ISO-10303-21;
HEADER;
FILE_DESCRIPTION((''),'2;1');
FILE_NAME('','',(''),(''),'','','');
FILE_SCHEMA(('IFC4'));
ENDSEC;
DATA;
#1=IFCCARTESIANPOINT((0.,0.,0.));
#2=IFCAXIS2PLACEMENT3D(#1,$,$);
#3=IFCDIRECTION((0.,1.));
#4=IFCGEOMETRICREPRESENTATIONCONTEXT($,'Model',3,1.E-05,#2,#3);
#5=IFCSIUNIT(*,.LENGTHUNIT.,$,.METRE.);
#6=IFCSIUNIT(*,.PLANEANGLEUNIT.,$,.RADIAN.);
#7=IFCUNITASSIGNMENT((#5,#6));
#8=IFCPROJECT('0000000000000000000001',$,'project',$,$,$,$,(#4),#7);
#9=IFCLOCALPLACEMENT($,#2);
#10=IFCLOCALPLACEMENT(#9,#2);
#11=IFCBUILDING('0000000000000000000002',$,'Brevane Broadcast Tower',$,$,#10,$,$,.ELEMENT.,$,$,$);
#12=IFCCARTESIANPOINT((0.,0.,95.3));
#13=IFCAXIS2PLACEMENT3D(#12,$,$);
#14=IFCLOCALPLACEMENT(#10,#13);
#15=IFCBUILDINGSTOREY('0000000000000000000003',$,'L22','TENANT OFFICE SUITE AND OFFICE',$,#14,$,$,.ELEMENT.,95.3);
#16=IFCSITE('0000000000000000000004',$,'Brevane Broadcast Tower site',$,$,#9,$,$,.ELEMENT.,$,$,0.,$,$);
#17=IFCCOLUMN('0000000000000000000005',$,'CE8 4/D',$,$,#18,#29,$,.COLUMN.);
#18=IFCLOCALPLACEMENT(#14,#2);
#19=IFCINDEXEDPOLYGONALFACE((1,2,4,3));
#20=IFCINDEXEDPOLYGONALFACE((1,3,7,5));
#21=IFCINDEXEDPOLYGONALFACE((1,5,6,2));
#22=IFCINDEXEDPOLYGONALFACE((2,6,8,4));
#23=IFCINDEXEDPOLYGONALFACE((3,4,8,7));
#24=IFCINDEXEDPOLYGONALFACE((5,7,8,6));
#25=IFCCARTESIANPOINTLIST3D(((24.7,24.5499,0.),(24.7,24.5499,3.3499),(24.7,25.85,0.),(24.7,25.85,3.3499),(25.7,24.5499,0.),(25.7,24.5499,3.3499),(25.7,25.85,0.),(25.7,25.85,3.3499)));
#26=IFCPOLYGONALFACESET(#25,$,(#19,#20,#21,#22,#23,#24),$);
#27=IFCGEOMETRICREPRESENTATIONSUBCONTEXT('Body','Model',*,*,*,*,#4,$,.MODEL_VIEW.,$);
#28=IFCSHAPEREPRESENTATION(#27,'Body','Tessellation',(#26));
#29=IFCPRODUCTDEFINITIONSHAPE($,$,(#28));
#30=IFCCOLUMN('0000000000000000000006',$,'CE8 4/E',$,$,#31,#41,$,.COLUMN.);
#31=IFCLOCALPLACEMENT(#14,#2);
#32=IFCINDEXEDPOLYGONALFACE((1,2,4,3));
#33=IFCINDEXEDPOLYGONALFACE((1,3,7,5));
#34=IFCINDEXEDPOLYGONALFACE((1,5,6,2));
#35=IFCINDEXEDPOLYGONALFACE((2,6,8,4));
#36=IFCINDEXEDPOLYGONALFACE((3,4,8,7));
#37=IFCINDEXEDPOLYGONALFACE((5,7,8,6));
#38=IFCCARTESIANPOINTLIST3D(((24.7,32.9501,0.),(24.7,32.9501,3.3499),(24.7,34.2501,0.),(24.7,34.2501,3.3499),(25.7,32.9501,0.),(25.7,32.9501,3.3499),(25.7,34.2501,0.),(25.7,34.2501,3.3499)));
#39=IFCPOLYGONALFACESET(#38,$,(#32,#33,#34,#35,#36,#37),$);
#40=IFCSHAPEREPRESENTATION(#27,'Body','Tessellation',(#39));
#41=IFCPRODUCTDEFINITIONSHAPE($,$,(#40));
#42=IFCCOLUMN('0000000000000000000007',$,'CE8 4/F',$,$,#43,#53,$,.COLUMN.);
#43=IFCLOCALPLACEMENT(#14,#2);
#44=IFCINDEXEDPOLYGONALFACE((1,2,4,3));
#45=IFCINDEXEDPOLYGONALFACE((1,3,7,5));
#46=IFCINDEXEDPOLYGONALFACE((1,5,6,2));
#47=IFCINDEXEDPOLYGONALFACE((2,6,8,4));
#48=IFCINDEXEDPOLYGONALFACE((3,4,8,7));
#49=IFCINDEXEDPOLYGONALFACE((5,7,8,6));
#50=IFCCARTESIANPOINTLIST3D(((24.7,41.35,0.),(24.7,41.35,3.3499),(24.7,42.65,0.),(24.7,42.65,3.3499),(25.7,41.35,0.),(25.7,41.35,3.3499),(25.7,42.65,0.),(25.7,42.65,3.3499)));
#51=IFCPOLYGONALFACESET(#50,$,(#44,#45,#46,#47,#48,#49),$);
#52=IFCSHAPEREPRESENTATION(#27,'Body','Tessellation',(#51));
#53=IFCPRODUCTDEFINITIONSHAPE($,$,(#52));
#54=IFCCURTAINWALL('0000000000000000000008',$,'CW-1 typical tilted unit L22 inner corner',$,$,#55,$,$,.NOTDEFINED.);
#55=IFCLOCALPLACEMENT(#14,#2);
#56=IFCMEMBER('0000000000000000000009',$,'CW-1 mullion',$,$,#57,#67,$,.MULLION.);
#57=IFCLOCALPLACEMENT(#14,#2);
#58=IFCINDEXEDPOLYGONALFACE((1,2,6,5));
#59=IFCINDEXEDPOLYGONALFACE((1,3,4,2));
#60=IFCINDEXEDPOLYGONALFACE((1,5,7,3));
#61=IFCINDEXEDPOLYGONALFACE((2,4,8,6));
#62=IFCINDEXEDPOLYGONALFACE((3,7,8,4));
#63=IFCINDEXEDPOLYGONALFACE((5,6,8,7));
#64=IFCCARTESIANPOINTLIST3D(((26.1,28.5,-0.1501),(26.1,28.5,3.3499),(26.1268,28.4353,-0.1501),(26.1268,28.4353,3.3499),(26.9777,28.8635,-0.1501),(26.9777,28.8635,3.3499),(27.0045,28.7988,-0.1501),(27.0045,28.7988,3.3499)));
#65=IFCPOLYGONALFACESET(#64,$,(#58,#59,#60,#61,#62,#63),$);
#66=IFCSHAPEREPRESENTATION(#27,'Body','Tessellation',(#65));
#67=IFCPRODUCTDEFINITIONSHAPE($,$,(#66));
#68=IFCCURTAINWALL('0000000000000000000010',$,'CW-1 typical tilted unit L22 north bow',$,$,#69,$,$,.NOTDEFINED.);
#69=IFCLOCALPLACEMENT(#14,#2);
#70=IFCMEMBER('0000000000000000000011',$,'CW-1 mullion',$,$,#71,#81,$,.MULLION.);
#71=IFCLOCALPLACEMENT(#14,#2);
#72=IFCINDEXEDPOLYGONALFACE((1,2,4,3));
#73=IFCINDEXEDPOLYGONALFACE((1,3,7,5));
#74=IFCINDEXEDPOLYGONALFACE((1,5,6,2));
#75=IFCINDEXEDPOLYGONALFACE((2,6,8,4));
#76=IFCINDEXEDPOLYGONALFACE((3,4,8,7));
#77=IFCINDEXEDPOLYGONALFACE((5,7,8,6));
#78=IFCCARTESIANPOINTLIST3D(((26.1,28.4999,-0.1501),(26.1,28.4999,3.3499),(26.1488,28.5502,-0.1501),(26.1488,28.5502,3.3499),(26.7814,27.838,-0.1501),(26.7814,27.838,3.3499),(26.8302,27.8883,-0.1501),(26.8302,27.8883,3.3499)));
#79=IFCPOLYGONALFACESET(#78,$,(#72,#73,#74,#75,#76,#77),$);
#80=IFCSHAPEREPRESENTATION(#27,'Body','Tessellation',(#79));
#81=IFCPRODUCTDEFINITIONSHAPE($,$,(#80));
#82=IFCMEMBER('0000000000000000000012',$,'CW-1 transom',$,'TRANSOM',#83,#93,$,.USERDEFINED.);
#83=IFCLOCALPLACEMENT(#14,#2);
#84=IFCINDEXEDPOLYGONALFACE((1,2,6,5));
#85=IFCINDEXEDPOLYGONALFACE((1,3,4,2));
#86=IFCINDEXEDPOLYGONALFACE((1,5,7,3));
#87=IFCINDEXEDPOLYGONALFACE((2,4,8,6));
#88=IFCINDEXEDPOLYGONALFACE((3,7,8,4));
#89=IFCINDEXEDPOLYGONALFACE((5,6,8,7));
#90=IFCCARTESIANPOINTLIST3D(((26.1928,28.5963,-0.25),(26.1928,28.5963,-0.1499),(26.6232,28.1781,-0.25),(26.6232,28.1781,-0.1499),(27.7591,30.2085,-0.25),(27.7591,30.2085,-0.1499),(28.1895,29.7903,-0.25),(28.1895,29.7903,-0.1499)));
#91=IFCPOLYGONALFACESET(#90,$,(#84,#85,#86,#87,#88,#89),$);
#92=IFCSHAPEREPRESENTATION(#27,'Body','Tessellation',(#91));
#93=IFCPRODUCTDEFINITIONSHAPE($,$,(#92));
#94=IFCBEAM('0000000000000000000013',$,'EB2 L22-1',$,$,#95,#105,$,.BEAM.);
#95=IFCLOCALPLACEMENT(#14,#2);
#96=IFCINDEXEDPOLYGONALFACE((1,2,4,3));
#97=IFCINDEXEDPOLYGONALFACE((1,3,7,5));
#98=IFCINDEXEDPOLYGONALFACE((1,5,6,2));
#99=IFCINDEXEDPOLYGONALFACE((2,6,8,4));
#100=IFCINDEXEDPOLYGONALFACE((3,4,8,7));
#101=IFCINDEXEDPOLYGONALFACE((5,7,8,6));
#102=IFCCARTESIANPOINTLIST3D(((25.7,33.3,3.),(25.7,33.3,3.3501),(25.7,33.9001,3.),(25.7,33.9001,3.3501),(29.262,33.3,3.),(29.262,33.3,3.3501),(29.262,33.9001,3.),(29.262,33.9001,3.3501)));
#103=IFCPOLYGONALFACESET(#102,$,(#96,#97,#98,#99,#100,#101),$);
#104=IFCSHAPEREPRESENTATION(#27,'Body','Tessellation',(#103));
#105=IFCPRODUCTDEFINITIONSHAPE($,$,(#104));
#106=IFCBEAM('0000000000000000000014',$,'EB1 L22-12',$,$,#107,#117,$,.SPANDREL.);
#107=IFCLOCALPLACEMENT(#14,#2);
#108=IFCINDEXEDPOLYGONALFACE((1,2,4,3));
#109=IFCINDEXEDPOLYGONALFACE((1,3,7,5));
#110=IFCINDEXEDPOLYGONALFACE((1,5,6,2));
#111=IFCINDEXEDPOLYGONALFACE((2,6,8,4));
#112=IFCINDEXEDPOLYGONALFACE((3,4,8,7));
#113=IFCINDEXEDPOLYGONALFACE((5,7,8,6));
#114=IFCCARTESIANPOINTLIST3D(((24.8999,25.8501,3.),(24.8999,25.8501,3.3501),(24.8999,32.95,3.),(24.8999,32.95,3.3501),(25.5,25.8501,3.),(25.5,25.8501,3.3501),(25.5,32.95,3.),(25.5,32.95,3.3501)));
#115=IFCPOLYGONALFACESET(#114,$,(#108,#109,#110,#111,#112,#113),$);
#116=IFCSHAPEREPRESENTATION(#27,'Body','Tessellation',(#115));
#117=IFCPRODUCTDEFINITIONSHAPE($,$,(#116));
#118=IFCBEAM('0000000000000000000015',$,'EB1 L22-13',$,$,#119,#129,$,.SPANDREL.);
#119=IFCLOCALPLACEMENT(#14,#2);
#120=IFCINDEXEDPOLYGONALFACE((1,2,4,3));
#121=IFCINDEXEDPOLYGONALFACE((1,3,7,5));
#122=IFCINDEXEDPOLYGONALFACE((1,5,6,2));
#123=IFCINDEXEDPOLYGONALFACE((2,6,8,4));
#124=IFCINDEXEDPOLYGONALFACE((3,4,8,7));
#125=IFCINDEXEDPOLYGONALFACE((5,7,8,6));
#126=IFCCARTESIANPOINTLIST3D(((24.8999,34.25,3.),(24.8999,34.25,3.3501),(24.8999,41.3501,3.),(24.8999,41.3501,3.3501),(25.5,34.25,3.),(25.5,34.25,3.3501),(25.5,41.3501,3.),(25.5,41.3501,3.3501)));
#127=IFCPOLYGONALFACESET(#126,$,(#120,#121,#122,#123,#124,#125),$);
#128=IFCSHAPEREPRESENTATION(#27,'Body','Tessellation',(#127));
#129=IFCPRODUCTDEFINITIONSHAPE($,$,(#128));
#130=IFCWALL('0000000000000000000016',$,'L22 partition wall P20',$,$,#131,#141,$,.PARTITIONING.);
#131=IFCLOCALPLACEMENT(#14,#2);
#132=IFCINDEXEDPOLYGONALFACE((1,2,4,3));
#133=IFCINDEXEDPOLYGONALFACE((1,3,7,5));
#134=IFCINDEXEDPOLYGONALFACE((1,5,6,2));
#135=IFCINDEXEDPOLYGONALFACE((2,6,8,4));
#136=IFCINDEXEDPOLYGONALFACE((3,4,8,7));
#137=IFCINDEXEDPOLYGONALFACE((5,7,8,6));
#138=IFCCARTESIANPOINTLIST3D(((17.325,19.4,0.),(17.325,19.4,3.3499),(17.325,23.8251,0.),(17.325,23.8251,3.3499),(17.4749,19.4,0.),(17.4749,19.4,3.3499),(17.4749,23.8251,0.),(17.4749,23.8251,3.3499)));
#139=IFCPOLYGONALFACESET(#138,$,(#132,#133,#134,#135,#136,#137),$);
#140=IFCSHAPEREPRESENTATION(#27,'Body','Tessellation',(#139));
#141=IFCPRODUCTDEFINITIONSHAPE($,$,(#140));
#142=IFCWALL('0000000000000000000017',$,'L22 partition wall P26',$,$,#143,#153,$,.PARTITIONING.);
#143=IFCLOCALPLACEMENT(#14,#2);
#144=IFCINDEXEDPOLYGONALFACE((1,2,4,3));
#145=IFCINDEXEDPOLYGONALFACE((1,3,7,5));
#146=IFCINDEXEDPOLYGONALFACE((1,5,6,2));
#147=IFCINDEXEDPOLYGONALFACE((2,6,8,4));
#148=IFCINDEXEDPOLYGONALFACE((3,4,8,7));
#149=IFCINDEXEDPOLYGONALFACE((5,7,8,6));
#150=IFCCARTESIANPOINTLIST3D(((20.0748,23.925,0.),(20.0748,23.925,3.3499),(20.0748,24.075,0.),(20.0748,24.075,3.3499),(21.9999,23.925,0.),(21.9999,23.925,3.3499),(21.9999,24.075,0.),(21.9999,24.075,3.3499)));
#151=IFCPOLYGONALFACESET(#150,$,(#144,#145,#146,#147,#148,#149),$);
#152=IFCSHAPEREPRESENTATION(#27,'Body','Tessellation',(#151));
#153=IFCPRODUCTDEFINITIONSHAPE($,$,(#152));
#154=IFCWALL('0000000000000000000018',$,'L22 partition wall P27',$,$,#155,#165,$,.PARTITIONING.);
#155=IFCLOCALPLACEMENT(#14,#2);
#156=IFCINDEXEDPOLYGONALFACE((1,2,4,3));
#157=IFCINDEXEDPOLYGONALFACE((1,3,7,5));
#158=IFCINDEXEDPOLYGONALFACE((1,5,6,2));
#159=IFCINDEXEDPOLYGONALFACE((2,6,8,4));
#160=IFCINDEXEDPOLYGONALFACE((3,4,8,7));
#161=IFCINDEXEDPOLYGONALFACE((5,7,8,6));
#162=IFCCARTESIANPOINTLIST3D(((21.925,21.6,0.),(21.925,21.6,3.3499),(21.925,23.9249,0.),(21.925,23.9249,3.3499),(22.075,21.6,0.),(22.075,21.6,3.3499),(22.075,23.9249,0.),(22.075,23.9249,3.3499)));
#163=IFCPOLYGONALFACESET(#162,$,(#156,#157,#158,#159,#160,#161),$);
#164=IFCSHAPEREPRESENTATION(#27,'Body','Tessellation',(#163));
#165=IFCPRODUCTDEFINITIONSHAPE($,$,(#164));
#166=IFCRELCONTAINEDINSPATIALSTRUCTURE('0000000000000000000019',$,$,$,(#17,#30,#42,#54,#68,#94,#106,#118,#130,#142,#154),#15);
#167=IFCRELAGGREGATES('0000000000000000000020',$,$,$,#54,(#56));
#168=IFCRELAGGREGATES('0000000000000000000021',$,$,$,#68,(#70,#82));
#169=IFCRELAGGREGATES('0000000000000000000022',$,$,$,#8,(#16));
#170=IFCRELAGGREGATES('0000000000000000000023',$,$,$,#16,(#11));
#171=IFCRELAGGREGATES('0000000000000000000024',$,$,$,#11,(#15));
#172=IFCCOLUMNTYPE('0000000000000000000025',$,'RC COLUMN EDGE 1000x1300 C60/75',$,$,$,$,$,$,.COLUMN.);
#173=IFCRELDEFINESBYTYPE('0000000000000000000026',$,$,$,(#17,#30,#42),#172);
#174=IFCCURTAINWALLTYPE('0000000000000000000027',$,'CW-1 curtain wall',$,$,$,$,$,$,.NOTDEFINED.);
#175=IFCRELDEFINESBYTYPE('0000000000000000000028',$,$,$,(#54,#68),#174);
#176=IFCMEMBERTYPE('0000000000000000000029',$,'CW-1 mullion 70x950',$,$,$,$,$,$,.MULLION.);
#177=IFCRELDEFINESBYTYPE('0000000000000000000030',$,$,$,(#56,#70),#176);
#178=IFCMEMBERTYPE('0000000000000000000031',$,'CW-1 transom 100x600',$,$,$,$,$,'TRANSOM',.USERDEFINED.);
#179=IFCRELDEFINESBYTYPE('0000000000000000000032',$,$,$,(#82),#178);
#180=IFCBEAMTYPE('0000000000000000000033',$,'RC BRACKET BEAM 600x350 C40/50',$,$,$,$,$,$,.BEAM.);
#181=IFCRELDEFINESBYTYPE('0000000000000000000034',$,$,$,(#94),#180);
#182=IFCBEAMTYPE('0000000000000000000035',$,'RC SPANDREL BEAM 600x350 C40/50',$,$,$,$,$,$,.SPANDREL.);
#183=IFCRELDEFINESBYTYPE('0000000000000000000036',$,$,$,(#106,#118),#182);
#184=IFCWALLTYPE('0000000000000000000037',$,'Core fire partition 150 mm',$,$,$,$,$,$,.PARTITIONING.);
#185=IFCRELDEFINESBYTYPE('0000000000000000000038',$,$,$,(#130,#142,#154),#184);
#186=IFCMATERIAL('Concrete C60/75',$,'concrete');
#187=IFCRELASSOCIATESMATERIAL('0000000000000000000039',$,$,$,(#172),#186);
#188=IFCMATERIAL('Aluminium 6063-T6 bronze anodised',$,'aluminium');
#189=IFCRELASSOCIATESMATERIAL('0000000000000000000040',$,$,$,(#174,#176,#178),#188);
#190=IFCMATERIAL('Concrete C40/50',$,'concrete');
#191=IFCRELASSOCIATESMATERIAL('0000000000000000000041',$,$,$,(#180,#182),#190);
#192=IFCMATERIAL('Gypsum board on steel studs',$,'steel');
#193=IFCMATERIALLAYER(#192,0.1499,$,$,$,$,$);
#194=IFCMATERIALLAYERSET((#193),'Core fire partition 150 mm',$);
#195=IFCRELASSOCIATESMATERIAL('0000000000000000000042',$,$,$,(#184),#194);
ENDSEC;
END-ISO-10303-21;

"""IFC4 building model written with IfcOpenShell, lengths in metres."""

from ifc_helpers import new_model, si_unit, direction, frame, frame_2d, origin, origin_2d, place, context, subcontext, project, spatial, rectangle, extrude, material, layer, layer_set, material_profile, profile_set, type_object, element, aggregate, save


model = new_model("IFC4")

# Units and contexts
model_context = context("Model", 3, precision=1e-05, world=origin(), true_north=direction((0.0, 1.0)))
body_context = subcontext(model_context, "Body", "Model", "MODEL_VIEW")
ifc_project = project(units=[si_unit("LENGTHUNIT", "METRE"), si_unit("PLANEANGLEUNIT", "RADIAN")], contexts=[model_context])

# Site, building, storey
site_placement = place(None, origin())
site = spatial("IfcSite", under=ifc_project, at=site_placement, Name="Brevane Broadcast Tower site", CompositionType="ELEMENT", RefElevation=0.0)
building_placement = place(site_placement, origin())
building = spatial("IfcBuilding", under=site, at=building_placement, Name="Brevane Broadcast Tower", CompositionType="ELEMENT")
storey_placement = place(building_placement, frame((0.0, 0.0, 95.3)))
storey = spatial("IfcBuildingStorey", under=building, at=storey_placement, Name="L22", Description="TENANT OFFICE SUITE AND OFFICE", CompositionType="ELEMENT", Elevation=95.3)

# Columns
ifc_material_1 = material(Name="Concrete C60/75", Category="concrete")
ifc_material_profile_1 = material_profile(ifc_material_1, rectangle(XDim=1.0, YDim=1.3, at=origin_2d()), Name="RC 1000x1300")
ifc_profile_set_1 = profile_set([ifc_material_profile_1], Name="Concrete C60/75")
column_type = type_object("IfcColumnType", Name="RC COLUMN EDGE 1000x1300 C60/75", PredefinedType="COLUMN", material=ifc_profile_set_1)
for number, where, z_axis, x_axis, name in (
    (1, (25.2, 25.2, 0.0), (0.0, 0.0, 1.0), (1.0, 0.0, 0.0), "CE8 4/D"),
    (2, (25.2, 33.6001, 0.0), (0.0, 0.0, 1.0), (1.0, 0.0, 0.0), "CE8 4/E"),
    (3, (25.2, 42.0, 0.0), (0.0, 0.0, 1.0), (1.0, 0.0, 0.0), "CE8 4/F"),
):
    element("IfcColumn", number, at=place(storey_placement, frame(where, z_axis=z_axis, x_axis=x_axis)), inside=storey, type_object=column_type, Name=name, PredefinedType="COLUMN", context=body_context, shape_type="SweptSolid", body=[
        extrude(rectangle(XDim=1.0, YDim=1.3, at=origin_2d()), origin(), (0.0, 0.0, 1.0), 3.3499),
    ])

# Curtain wall, member
ifc_material_2 = material(Name="Aluminium 6063-T6 bronze anodised", Category="aluminium")
curtain_wall_type = type_object("IfcCurtainWallType", Name="CW-1 curtain wall", PredefinedType="NOTDEFINED", material=ifc_material_2)
curtain_wall_1_placement = place(storey_placement, origin())
curtain_wall_1 = element("IfcCurtainWall", 4, at=curtain_wall_1_placement, inside=storey, type_object=curtain_wall_type, Name="CW-1 typical tilted unit L22 inner corner", PredefinedType="NOTDEFINED")
ifc_material_profile_2 = material_profile(ifc_material_2, rectangle(XDim=0.95, YDim=0.0701, at=origin_2d()), Name="RECT 70x950")
ifc_profile_set_2 = profile_set([ifc_material_profile_2], Name="Aluminium 6063-T6 bronze anodised")
member_type_1 = type_object("IfcMemberType", Name="CW-1 mullion 70x950", PredefinedType="MULLION", material=ifc_profile_set_2)
member_1_placement = place(storey_placement, frame((26.5522, 28.6494, -0.1501), z_axis=(0.0, 0.0, 1.0), x_axis=(-0.923879, -0.382684, 0.0)))
member_1 = element("IfcMember", 5, at=member_1_placement, type_object=member_type_1, Name="CW-1 mullion", PredefinedType="MULLION", context=body_context, shape_type="SweptSolid", body=[
    extrude(rectangle(XDim=0.95, YDim=0.0701, at=origin_2d()), origin(), (0.0, 0.0, 1.0), 3.5),
])
aggregate(curtain_wall_1, [member_1])

# Curtain wall, members
curtain_wall_2_placement = place(storey_placement, origin())
curtain_wall_2 = element("IfcCurtainWall", 6, at=curtain_wall_2_placement, inside=storey, type_object=curtain_wall_type, Name="CW-1 typical tilted unit L22 north bow", PredefinedType="NOTDEFINED")
member_2_placement = place(storey_placement, frame((26.4651, 28.1941, -0.1501), z_axis=(0.0, 0.0, 1.0), x_axis=(-0.717254, 0.696812, 0.0)))
member_2 = element("IfcMember", 7, at=member_2_placement, type_object=member_type_1, Name="CW-1 mullion", PredefinedType="MULLION", context=body_context, shape_type="SweptSolid", body=[
    extrude(rectangle(XDim=0.95, YDim=0.0701, at=origin_2d()), origin(), (0.0, 0.0, 1.0), 3.5),
])
ifc_material_profile_3 = material_profile(ifc_material_2, rectangle(XDim=0.6001, YDim=0.1001, at=origin_2d()), Name="RECT 100x600")
ifc_profile_set_3 = profile_set([ifc_material_profile_3], Name="Aluminium 6063-T6 bronze anodised")
member_type_2 = type_object("IfcMemberType", Name="CW-1 transom 100x600", ElementType="TRANSOM", PredefinedType="USERDEFINED", material=ifc_profile_set_3)
member_3_placement = place(storey_placement, frame((26.408, 28.3872, -0.2), z_axis=(0.696824, 0.717242, 0.0), x_axis=(-0.717242, 0.696824, 0.0)))
member_3 = element("IfcMember", 8, at=member_3_placement, type_object=member_type_2, Name="CW-1 transom", ObjectType="TRANSOM", PredefinedType="USERDEFINED", context=body_context, shape_type="SweptSolid", body=[
    extrude(rectangle(XDim=0.6001, YDim=0.1001, at=origin_2d()), origin(), (0.0, 0.0, 1.0), 2.2478),
])
aggregate(curtain_wall_2, [member_2, member_3])

# Beams
ifc_material_3 = material(Name="Concrete C40/50", Category="concrete")
ifc_material_profile_4 = material_profile(ifc_material_3, rectangle(XDim=0.6001, YDim=0.3501, at=origin_2d()), Name="RC 600x350")
ifc_profile_set_4 = profile_set([ifc_material_profile_4], Name="Concrete C40/50")
beam_type_1 = type_object("IfcBeamType", Name="RC BRACKET BEAM 600x350 C40/50", PredefinedType="BEAM", material=ifc_profile_set_4)
beam_1_placement = place(storey_placement, frame((25.7, 33.6001, 3.175), z_axis=(1.0, 0.0, 0.0), x_axis=(0.0, 1.0, 0.0)))
element("IfcBeam", 9, at=beam_1_placement, inside=storey, type_object=beam_type_1, Name="EB2 L22-1", PredefinedType="BEAM", context=body_context, shape_type="SweptSolid", body=[
    extrude(rectangle(XDim=0.6001, YDim=0.3501, at=origin_2d()), origin(), (0.0, 0.0, 1.0), 3.562),
])
ifc_material_profile_5 = material_profile(ifc_material_3, rectangle(XDim=0.6001, YDim=0.3501, at=origin_2d()), Name="RC 600x350")
ifc_profile_set_5 = profile_set([ifc_material_profile_5], Name="Concrete C40/50")
beam_type_2 = type_object("IfcBeamType", Name="RC SPANDREL BEAM 600x350 C40/50", PredefinedType="SPANDREL", material=ifc_profile_set_5)
beam_2_placement = place(storey_placement, frame((25.2, 25.8501, 3.175), z_axis=(0.0, 1.0, 0.0), x_axis=(-1.0, 0.0, 0.0)))
element("IfcBeam", 10, at=beam_2_placement, inside=storey, type_object=beam_type_2, Name="EB1 L22-12", PredefinedType="SPANDREL", context=body_context, shape_type="SweptSolid", body=[
    extrude(rectangle(XDim=0.6001, YDim=0.3501, at=origin_2d()), origin(), (0.0, 0.0, 1.0), 7.0999),
])
beam_3_placement = place(storey_placement, frame((25.2, 34.25, 3.175), z_axis=(0.0, 1.0, 0.0), x_axis=(-1.0, 0.0, 0.0)))
element("IfcBeam", 11, at=beam_3_placement, inside=storey, type_object=beam_type_2, Name="EB1 L22-13", PredefinedType="SPANDREL", context=body_context, shape_type="SweptSolid", body=[
    extrude(rectangle(XDim=0.6001, YDim=0.3501, at=origin_2d()), origin(), (0.0, 0.0, 1.0), 7.1001),
])

# Walls
ifc_material_4 = material(Name="Gypsum board on steel studs", Category="steel")
ifc_layer_1 = layer(ifc_material_4, 0.1499)
ifc_layer_set_1 = layer_set([ifc_layer_1], Name="Core fire partition 150 mm")
wall_type_1 = type_object("IfcWallType", Name="Core fire partition 150 mm", PredefinedType="PARTITIONING", material=ifc_layer_set_1)
wall_1_placement = place(storey_placement, frame((17.3999, 23.825, 0.0), z_axis=(0.0, 0.0, 1.0), x_axis=(0.0, -1.0, 0.0)))
element("IfcWall", 12, at=wall_1_placement, inside=storey, type_object=wall_type_1, Name="L22 partition wall P20", PredefinedType="PARTITIONING", context=body_context, shape_type="SweptSolid", body=[
    extrude(rectangle(XDim=4.425, YDim=0.1499, at=frame_2d((2.2124, 0.0))), origin(), (0.0, 0.0, 1.0), 3.3499),
])
wall_2_placement = place(storey_placement, frame((20.075, 24.0, 0.0), z_axis=(0.0, 0.0, 1.0), x_axis=(1.0, 0.0, 0.0)))
element("IfcWall", 13, at=wall_2_placement, inside=storey, type_object=wall_type_1, Name="L22 partition wall P26", PredefinedType="PARTITIONING", context=body_context, shape_type="SweptSolid", body=[
    extrude(rectangle(XDim=1.925, YDim=0.1499, at=frame_2d((0.9624, 0.0))), origin(), (0.0, 0.0, 1.0), 3.3499),
])
wall_3_placement = place(storey_placement, frame((22.0, 23.925, 0.0), z_axis=(0.0, 0.0, 1.0), x_axis=(0.0, -1.0, 0.0)))
element("IfcWall", 14, at=wall_3_placement, inside=storey, type_object=wall_type_1, Name="L22 partition wall P27", PredefinedType="PARTITIONING", context=body_context, shape_type="SweptSolid", body=[
    extrude(rectangle(XDim=2.325, YDim=0.1499, at=frame_2d((1.1626, 0.0))), origin(), (0.0, 0.0, 1.0), 3.3499),
])

save(model, "model.ifc")
